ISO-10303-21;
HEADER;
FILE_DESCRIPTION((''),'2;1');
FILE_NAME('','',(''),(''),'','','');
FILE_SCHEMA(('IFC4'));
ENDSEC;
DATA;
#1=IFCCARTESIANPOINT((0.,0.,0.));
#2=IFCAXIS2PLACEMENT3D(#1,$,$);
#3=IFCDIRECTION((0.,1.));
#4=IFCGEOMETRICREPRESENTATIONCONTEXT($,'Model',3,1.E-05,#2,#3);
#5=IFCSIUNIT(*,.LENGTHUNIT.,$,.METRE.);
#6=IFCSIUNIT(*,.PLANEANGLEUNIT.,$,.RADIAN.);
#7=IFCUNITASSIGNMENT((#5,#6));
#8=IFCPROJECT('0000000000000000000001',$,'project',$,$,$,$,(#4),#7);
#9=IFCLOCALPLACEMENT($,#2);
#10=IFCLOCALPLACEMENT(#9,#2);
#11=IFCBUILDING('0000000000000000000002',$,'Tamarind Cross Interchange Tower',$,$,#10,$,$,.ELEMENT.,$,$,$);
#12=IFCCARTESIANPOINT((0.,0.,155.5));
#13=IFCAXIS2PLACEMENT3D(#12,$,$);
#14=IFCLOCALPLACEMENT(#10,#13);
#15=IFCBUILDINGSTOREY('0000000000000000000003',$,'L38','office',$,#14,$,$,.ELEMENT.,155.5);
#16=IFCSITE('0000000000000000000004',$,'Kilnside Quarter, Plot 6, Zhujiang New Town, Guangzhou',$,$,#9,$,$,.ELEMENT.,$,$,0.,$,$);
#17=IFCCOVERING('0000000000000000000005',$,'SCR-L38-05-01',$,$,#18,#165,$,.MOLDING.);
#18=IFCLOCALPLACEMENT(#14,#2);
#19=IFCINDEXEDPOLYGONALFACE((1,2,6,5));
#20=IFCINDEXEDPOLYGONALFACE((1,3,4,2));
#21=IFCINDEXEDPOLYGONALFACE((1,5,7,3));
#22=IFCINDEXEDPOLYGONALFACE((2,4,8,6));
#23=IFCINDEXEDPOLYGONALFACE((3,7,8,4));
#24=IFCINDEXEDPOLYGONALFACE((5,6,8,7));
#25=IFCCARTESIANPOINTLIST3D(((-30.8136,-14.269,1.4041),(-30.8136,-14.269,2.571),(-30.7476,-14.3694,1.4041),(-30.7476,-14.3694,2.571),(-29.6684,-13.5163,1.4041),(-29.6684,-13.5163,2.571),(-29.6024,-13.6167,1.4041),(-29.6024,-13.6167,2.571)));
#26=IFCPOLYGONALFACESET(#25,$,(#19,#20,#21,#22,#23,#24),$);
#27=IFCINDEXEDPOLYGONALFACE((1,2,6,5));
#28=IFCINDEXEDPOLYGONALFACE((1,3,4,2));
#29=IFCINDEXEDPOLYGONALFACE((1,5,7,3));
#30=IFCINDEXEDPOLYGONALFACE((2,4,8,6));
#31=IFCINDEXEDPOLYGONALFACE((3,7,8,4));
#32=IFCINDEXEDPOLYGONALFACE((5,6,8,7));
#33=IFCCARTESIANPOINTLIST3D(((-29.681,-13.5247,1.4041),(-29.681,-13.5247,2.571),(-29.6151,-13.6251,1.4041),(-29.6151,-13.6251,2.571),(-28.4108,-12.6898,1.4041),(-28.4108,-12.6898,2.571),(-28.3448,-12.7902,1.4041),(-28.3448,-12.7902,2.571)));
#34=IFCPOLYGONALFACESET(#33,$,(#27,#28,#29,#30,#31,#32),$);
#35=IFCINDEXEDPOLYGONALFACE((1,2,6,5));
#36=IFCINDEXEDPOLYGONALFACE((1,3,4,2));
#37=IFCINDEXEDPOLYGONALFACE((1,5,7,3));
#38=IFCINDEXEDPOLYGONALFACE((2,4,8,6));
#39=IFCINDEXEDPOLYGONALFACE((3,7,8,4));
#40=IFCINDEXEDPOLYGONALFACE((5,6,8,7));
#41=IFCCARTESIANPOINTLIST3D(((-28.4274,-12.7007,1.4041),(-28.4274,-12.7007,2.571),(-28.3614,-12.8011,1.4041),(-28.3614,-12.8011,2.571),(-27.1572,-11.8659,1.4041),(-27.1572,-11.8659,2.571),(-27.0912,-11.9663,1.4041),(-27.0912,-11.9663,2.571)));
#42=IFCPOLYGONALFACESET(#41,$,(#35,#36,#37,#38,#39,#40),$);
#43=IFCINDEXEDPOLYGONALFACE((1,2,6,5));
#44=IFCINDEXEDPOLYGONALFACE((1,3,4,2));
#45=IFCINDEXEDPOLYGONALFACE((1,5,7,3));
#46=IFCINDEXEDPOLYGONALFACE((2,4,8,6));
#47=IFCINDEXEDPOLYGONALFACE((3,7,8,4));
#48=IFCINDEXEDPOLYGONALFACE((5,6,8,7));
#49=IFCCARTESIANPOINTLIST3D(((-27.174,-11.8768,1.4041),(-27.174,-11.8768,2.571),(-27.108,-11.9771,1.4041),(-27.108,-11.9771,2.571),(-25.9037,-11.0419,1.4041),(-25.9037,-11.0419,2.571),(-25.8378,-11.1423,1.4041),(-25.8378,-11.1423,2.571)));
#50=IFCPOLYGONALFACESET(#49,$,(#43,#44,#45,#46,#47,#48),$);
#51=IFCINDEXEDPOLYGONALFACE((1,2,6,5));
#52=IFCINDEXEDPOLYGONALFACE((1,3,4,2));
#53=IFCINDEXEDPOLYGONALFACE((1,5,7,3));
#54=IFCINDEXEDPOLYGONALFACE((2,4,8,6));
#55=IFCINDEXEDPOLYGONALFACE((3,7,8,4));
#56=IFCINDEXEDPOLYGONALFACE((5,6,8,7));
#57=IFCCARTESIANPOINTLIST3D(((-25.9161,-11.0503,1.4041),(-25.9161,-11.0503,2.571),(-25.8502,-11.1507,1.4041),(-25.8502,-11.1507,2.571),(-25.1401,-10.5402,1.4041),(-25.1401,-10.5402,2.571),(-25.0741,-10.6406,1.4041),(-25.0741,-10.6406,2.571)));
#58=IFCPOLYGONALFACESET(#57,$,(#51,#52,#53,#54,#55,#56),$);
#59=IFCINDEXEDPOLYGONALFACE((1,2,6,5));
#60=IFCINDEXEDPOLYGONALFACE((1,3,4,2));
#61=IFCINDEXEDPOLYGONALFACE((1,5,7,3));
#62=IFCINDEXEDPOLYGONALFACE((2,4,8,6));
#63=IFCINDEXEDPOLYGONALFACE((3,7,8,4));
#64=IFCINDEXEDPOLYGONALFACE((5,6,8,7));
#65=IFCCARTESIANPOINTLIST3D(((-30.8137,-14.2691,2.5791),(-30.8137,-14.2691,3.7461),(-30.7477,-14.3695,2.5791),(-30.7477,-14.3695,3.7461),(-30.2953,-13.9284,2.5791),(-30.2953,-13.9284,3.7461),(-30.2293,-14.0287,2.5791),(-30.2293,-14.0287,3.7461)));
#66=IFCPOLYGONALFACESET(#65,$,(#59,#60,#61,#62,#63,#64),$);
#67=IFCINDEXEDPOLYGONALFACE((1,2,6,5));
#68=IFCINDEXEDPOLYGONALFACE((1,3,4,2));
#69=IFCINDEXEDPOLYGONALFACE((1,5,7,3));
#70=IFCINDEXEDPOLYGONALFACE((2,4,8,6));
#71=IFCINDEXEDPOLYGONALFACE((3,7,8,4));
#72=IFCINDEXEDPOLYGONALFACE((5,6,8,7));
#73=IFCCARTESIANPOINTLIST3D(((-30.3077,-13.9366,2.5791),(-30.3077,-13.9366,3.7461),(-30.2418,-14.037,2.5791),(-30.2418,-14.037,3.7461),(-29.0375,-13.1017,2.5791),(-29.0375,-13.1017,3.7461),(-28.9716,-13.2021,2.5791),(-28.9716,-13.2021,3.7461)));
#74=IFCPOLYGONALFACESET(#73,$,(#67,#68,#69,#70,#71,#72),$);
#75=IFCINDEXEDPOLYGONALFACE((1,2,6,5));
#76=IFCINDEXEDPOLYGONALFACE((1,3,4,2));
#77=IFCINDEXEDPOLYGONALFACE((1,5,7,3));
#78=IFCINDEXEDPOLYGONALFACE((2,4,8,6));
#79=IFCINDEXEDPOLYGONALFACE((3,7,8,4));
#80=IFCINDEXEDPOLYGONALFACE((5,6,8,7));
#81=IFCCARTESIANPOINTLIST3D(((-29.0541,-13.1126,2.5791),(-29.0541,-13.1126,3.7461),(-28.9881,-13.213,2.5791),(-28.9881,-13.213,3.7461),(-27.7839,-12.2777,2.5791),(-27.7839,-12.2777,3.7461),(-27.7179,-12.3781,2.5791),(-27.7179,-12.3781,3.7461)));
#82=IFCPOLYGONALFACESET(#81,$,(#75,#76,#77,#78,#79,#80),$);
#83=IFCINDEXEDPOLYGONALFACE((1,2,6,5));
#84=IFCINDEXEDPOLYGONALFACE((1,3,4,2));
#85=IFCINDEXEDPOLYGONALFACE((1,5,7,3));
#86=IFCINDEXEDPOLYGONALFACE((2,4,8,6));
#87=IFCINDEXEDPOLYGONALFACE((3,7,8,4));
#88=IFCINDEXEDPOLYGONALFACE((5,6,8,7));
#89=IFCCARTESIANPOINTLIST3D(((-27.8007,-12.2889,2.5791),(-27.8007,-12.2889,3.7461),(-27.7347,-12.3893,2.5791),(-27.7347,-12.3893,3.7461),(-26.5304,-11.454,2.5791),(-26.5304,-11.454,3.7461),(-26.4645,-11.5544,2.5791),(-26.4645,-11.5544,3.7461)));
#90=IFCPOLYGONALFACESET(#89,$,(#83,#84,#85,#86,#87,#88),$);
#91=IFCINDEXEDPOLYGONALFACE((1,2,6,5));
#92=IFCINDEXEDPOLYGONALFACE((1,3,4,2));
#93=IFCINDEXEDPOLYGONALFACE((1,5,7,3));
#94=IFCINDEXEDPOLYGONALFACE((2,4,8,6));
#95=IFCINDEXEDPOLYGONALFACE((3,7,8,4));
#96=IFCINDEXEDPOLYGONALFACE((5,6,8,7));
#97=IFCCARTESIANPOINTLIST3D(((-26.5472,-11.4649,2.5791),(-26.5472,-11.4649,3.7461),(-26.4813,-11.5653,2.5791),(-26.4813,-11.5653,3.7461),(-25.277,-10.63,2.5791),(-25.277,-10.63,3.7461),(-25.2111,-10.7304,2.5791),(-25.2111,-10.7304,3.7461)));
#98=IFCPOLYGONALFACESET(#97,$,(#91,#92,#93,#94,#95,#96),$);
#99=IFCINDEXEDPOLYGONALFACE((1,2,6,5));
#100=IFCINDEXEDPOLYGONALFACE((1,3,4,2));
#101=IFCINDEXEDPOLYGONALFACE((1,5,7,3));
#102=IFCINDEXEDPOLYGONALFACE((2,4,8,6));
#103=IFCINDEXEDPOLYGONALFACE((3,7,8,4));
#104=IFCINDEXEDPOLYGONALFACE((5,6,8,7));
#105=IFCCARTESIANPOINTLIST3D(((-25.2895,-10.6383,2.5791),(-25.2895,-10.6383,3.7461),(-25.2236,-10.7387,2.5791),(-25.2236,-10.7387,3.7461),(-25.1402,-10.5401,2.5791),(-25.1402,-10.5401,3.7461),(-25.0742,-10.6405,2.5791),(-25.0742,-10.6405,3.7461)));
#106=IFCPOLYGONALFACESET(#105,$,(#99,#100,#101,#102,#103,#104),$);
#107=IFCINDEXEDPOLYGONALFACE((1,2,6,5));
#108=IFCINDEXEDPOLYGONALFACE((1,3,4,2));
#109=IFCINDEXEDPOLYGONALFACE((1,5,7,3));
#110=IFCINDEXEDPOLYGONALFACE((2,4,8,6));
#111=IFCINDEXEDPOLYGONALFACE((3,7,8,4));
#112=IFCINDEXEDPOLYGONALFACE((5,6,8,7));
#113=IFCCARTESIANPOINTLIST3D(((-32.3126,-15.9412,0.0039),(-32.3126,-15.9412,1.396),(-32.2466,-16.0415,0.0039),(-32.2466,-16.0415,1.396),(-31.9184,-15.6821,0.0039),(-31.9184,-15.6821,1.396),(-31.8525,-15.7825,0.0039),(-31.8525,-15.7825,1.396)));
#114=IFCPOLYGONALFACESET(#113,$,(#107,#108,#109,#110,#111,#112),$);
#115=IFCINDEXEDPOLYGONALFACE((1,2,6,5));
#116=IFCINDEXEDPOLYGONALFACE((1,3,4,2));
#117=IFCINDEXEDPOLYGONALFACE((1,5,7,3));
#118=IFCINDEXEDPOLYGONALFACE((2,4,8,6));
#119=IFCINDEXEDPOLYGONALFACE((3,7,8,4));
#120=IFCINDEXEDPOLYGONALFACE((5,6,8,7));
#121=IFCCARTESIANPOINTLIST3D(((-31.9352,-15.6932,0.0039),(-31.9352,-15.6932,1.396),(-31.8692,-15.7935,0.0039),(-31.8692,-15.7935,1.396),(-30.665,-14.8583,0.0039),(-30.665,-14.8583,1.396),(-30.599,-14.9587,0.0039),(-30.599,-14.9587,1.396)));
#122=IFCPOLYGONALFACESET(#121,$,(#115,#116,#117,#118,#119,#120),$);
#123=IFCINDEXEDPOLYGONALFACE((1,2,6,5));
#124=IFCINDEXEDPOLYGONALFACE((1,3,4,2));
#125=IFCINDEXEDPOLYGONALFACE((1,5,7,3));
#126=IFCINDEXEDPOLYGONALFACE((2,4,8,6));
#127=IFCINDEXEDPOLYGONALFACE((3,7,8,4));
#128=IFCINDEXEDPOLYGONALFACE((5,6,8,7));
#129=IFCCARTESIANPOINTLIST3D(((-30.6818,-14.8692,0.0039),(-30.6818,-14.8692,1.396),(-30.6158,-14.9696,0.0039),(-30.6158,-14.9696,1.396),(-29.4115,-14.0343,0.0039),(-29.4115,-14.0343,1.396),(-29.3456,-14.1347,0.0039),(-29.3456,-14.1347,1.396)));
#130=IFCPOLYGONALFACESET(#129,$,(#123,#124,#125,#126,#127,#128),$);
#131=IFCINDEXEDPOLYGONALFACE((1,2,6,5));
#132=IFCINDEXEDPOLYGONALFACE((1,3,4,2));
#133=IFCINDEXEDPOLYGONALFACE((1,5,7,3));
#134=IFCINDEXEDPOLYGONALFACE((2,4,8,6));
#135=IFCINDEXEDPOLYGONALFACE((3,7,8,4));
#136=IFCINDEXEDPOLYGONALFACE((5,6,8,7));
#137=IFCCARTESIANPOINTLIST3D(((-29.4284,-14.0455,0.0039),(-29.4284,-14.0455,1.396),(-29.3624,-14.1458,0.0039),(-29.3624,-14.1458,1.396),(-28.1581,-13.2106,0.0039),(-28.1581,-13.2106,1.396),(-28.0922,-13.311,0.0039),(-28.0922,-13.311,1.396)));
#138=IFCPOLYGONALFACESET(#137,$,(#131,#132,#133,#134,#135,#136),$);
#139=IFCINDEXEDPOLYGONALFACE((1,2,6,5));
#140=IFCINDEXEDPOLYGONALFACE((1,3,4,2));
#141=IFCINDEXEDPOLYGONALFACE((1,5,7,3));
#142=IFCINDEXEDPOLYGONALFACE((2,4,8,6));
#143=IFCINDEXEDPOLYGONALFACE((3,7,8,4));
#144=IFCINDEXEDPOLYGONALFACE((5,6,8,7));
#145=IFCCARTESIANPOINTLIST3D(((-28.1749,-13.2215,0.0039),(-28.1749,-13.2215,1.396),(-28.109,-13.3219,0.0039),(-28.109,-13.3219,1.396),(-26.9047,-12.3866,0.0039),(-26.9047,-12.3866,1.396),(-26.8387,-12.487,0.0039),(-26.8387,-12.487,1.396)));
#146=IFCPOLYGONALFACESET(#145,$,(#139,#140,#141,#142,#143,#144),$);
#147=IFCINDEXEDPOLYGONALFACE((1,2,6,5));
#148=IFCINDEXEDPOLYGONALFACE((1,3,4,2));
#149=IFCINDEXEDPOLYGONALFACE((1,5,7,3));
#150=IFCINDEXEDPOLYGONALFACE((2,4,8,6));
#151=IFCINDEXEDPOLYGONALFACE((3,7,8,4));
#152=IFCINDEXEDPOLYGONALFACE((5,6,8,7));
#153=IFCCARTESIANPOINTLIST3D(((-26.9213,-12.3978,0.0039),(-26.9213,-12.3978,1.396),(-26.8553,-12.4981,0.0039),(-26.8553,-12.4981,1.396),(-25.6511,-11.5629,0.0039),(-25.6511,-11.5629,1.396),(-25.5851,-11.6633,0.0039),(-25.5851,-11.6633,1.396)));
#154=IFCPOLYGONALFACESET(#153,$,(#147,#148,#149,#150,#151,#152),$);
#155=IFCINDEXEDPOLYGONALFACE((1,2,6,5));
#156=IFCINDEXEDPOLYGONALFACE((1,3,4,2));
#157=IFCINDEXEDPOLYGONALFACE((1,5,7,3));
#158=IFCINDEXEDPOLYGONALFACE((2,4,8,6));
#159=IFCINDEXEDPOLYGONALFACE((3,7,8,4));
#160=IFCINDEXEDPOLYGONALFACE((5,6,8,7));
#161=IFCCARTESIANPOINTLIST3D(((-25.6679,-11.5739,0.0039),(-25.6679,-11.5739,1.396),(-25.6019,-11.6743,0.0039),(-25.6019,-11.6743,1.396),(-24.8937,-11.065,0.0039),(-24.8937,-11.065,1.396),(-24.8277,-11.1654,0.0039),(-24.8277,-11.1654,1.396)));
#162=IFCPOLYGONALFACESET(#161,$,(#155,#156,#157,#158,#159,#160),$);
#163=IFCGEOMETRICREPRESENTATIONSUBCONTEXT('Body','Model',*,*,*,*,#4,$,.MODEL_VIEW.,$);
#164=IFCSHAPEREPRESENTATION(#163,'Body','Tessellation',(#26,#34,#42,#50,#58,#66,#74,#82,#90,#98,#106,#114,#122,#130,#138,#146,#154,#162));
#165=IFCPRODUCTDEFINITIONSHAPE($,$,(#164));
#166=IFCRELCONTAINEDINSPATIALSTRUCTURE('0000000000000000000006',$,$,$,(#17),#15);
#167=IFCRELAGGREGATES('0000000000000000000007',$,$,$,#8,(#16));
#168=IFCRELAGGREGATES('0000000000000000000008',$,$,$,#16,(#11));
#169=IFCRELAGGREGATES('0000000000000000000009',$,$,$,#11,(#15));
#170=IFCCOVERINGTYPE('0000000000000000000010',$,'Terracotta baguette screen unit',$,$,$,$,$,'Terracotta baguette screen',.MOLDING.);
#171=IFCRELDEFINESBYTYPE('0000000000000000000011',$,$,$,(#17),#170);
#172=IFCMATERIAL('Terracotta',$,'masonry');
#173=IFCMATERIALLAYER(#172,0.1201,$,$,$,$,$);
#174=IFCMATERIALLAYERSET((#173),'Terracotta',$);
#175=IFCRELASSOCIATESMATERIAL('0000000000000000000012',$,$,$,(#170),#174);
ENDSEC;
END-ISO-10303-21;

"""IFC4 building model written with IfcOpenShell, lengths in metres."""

from ifc_helpers import new_model, si_unit, direction, frame, origin, origin_2d, place, context, subcontext, project, spatial, rectangle, extrude, material, layer, layer_set, type_object, element, save


model = new_model("IFC4")

# Units and contexts
model_context = context("Model", 3, precision=1e-05, world=origin(), true_north=direction((0.0, 1.0)))
body_context = subcontext(model_context, "Body", "Model", "MODEL_VIEW")
ifc_project = project(units=[si_unit("LENGTHUNIT", "METRE"), si_unit("PLANEANGLEUNIT", "RADIAN")], contexts=[model_context])

# Site, building, storey
site_placement = place(None, origin())
site = spatial("IfcSite", under=ifc_project, at=site_placement, Name="Kilnside Quarter, Plot 6, Zhujiang New Town, Guangzhou", CompositionType="ELEMENT", RefElevation=0.0)
building_placement = place(site_placement, origin())
building = spatial("IfcBuilding", under=site, at=building_placement, Name="Tamarind Cross Interchange Tower", CompositionType="ELEMENT")
storey_placement = place(building_placement, frame((0.0, 0.0, 155.5)))
storey = spatial("IfcBuildingStorey", under=building, at=storey_placement, Name="L38", Description="office", CompositionType="ELEMENT", Elevation=155.5)

# Covering
ifc_material_1 = material(Name="Terracotta", Category="masonry")
ifc_layer_1 = layer(ifc_material_1, 0.1201)
ifc_layer_set_1 = layer_set([ifc_layer_1], Name="Terracotta")
covering_type = type_object("IfcCoveringType", Name="Terracotta baguette screen unit", ElementType="Terracotta baguette screen", PredefinedType="MOLDING", material=ifc_layer_set_1)
covering_1_placement = place(storey_placement, origin())
element("IfcCovering", 1, at=covering_1_placement, inside=storey, type_object=covering_type, Name="SCR-L38-05-01", PredefinedType="MOLDING", context=body_context, shape_type="SweptSolid", body=[
    extrude(rectangle(XDim=1.3704, YDim=0.1201, at=origin_2d()), frame((-30.208, -13.9429, 1.4041), z_axis=(0.0, 0.0, 1.0), x_axis=(0.83566, 0.549248, 0.0)), (0.0, 0.0, 1.0), 1.167),
    extrude(rectangle(XDim=1.52, YDim=0.1201, at=origin_2d()), frame((-29.0129, -13.1575, 1.4041), z_axis=(0.0, 0.0, 1.0), x_axis=(0.83566, 0.549248, 0.0)), (0.0, 0.0, 1.0), 1.167),
    extrude(rectangle(XDim=1.52, YDim=0.1201, at=origin_2d()), frame((-27.7593, -12.3335, 1.4041), z_axis=(0.0, 0.0, 1.0), x_axis=(0.83566, 0.549248, 0.0)), (0.0, 0.0, 1.0), 1.167),
    extrude(rectangle(XDim=1.52, YDim=0.1201, at=origin_2d()), frame((-26.5059, -11.5095, 1.4041), z_axis=(0.0, 0.0, 1.0), x_axis=(0.83566, 0.549248, 0.0)), (0.0, 0.0, 1.0), 1.167),
    extrude(rectangle(XDim=0.9287, YDim=0.1201, at=origin_2d()), frame((-25.4951, -10.8455, 1.4041), z_axis=(0.0, 0.0, 1.0), x_axis=(0.83566, 0.549248, 0.0)), (0.0, 0.0, 1.0), 1.167),
    extrude(rectangle(XDim=0.6204, YDim=0.1201, at=origin_2d()), frame((-30.5215, -14.1489, 2.5791), z_axis=(0.0, 0.0, 1.0), x_axis=(0.83566, 0.549248, 0.0)), (0.0, 0.0, 1.0), 1.167),
    extrude(rectangle(XDim=1.52, YDim=0.1201, at=origin_2d()), frame((-29.6396, -13.5693, 2.5791), z_axis=(0.0, 0.0, 1.0), x_axis=(0.83566, 0.549248, 0.0)), (0.0, 0.0, 1.0), 1.167),
    extrude(rectangle(XDim=1.52, YDim=0.1201, at=origin_2d()), frame((-28.386, -12.7454, 2.5791), z_axis=(0.0, 0.0, 1.0), x_axis=(0.83566, 0.549248, 0.0)), (0.0, 0.0, 1.0), 1.167),
    extrude(rectangle(XDim=1.52, YDim=0.1201, at=origin_2d()), frame((-27.1326, -11.9216, 2.5791), z_axis=(0.0, 0.0, 1.0), x_axis=(0.83566, 0.549248, 0.0)), (0.0, 0.0, 1.0), 1.167),
    extrude(rectangle(XDim=1.52, YDim=0.1201, at=origin_2d()), frame((-25.8792, -11.0977, 2.5791), z_axis=(0.0, 0.0, 1.0), x_axis=(0.83566, 0.549248, 0.0)), (0.0, 0.0, 1.0), 1.167),
    extrude(rectangle(XDim=0.1787, YDim=0.1201, at=origin_2d()), frame((-25.1819, -10.6394, 2.5791), z_axis=(0.0, 0.0, 1.0), x_axis=(0.83566, 0.549248, 0.0)), (0.0, 0.0, 1.0), 1.167),
    extrude(rectangle(XDim=0.4717, YDim=0.1201, at=origin_2d()), frame((-32.0825, -15.8618, 0.0039), z_axis=(0.0, 0.0, 1.0), x_axis=(0.83566, 0.549248, 0.0)), (0.0, 0.0, 1.0), 1.3921),
    extrude(rectangle(XDim=1.52, YDim=0.1201, at=origin_2d()), frame((-31.2671, -15.3259, 0.0039), z_axis=(0.0, 0.0, 1.0), x_axis=(0.83566, 0.549248, 0.0)), (0.0, 0.0, 1.0), 1.3921),
    extrude(rectangle(XDim=1.52, YDim=0.1201, at=origin_2d()), frame((-30.0137, -14.502, 0.0039), z_axis=(0.0, 0.0, 1.0), x_axis=(0.83566, 0.549248, 0.0)), (0.0, 0.0, 1.0), 1.3921),
    extrude(rectangle(XDim=1.52, YDim=0.1201, at=origin_2d()), frame((-28.7603, -13.6782, 0.0039), z_axis=(0.0, 0.0, 1.0), x_axis=(0.83566, 0.549248, 0.0)), (0.0, 0.0, 1.0), 1.3921),
    extrude(rectangle(XDim=1.52, YDim=0.1201, at=origin_2d()), frame((-27.5068, -12.8542, 0.0039), z_axis=(0.0, 0.0, 1.0), x_axis=(0.83566, 0.549248, 0.0)), (0.0, 0.0, 1.0), 1.3921),
    extrude(rectangle(XDim=1.52, YDim=0.1201, at=origin_2d()), frame((-26.2532, -12.0305, 0.0039), z_axis=(0.0, 0.0, 1.0), x_axis=(0.83566, 0.549248, 0.0)), (0.0, 0.0, 1.0), 1.3921),
    extrude(rectangle(XDim=0.9265, YDim=0.1201, at=origin_2d()), frame((-25.2478, -11.3696, 0.0039), z_axis=(0.0, 0.0, 1.0), x_axis=(0.83566, 0.549248, 0.0)), (0.0, 0.0, 1.0), 1.3921),
])

save(model, "model.ifc")
